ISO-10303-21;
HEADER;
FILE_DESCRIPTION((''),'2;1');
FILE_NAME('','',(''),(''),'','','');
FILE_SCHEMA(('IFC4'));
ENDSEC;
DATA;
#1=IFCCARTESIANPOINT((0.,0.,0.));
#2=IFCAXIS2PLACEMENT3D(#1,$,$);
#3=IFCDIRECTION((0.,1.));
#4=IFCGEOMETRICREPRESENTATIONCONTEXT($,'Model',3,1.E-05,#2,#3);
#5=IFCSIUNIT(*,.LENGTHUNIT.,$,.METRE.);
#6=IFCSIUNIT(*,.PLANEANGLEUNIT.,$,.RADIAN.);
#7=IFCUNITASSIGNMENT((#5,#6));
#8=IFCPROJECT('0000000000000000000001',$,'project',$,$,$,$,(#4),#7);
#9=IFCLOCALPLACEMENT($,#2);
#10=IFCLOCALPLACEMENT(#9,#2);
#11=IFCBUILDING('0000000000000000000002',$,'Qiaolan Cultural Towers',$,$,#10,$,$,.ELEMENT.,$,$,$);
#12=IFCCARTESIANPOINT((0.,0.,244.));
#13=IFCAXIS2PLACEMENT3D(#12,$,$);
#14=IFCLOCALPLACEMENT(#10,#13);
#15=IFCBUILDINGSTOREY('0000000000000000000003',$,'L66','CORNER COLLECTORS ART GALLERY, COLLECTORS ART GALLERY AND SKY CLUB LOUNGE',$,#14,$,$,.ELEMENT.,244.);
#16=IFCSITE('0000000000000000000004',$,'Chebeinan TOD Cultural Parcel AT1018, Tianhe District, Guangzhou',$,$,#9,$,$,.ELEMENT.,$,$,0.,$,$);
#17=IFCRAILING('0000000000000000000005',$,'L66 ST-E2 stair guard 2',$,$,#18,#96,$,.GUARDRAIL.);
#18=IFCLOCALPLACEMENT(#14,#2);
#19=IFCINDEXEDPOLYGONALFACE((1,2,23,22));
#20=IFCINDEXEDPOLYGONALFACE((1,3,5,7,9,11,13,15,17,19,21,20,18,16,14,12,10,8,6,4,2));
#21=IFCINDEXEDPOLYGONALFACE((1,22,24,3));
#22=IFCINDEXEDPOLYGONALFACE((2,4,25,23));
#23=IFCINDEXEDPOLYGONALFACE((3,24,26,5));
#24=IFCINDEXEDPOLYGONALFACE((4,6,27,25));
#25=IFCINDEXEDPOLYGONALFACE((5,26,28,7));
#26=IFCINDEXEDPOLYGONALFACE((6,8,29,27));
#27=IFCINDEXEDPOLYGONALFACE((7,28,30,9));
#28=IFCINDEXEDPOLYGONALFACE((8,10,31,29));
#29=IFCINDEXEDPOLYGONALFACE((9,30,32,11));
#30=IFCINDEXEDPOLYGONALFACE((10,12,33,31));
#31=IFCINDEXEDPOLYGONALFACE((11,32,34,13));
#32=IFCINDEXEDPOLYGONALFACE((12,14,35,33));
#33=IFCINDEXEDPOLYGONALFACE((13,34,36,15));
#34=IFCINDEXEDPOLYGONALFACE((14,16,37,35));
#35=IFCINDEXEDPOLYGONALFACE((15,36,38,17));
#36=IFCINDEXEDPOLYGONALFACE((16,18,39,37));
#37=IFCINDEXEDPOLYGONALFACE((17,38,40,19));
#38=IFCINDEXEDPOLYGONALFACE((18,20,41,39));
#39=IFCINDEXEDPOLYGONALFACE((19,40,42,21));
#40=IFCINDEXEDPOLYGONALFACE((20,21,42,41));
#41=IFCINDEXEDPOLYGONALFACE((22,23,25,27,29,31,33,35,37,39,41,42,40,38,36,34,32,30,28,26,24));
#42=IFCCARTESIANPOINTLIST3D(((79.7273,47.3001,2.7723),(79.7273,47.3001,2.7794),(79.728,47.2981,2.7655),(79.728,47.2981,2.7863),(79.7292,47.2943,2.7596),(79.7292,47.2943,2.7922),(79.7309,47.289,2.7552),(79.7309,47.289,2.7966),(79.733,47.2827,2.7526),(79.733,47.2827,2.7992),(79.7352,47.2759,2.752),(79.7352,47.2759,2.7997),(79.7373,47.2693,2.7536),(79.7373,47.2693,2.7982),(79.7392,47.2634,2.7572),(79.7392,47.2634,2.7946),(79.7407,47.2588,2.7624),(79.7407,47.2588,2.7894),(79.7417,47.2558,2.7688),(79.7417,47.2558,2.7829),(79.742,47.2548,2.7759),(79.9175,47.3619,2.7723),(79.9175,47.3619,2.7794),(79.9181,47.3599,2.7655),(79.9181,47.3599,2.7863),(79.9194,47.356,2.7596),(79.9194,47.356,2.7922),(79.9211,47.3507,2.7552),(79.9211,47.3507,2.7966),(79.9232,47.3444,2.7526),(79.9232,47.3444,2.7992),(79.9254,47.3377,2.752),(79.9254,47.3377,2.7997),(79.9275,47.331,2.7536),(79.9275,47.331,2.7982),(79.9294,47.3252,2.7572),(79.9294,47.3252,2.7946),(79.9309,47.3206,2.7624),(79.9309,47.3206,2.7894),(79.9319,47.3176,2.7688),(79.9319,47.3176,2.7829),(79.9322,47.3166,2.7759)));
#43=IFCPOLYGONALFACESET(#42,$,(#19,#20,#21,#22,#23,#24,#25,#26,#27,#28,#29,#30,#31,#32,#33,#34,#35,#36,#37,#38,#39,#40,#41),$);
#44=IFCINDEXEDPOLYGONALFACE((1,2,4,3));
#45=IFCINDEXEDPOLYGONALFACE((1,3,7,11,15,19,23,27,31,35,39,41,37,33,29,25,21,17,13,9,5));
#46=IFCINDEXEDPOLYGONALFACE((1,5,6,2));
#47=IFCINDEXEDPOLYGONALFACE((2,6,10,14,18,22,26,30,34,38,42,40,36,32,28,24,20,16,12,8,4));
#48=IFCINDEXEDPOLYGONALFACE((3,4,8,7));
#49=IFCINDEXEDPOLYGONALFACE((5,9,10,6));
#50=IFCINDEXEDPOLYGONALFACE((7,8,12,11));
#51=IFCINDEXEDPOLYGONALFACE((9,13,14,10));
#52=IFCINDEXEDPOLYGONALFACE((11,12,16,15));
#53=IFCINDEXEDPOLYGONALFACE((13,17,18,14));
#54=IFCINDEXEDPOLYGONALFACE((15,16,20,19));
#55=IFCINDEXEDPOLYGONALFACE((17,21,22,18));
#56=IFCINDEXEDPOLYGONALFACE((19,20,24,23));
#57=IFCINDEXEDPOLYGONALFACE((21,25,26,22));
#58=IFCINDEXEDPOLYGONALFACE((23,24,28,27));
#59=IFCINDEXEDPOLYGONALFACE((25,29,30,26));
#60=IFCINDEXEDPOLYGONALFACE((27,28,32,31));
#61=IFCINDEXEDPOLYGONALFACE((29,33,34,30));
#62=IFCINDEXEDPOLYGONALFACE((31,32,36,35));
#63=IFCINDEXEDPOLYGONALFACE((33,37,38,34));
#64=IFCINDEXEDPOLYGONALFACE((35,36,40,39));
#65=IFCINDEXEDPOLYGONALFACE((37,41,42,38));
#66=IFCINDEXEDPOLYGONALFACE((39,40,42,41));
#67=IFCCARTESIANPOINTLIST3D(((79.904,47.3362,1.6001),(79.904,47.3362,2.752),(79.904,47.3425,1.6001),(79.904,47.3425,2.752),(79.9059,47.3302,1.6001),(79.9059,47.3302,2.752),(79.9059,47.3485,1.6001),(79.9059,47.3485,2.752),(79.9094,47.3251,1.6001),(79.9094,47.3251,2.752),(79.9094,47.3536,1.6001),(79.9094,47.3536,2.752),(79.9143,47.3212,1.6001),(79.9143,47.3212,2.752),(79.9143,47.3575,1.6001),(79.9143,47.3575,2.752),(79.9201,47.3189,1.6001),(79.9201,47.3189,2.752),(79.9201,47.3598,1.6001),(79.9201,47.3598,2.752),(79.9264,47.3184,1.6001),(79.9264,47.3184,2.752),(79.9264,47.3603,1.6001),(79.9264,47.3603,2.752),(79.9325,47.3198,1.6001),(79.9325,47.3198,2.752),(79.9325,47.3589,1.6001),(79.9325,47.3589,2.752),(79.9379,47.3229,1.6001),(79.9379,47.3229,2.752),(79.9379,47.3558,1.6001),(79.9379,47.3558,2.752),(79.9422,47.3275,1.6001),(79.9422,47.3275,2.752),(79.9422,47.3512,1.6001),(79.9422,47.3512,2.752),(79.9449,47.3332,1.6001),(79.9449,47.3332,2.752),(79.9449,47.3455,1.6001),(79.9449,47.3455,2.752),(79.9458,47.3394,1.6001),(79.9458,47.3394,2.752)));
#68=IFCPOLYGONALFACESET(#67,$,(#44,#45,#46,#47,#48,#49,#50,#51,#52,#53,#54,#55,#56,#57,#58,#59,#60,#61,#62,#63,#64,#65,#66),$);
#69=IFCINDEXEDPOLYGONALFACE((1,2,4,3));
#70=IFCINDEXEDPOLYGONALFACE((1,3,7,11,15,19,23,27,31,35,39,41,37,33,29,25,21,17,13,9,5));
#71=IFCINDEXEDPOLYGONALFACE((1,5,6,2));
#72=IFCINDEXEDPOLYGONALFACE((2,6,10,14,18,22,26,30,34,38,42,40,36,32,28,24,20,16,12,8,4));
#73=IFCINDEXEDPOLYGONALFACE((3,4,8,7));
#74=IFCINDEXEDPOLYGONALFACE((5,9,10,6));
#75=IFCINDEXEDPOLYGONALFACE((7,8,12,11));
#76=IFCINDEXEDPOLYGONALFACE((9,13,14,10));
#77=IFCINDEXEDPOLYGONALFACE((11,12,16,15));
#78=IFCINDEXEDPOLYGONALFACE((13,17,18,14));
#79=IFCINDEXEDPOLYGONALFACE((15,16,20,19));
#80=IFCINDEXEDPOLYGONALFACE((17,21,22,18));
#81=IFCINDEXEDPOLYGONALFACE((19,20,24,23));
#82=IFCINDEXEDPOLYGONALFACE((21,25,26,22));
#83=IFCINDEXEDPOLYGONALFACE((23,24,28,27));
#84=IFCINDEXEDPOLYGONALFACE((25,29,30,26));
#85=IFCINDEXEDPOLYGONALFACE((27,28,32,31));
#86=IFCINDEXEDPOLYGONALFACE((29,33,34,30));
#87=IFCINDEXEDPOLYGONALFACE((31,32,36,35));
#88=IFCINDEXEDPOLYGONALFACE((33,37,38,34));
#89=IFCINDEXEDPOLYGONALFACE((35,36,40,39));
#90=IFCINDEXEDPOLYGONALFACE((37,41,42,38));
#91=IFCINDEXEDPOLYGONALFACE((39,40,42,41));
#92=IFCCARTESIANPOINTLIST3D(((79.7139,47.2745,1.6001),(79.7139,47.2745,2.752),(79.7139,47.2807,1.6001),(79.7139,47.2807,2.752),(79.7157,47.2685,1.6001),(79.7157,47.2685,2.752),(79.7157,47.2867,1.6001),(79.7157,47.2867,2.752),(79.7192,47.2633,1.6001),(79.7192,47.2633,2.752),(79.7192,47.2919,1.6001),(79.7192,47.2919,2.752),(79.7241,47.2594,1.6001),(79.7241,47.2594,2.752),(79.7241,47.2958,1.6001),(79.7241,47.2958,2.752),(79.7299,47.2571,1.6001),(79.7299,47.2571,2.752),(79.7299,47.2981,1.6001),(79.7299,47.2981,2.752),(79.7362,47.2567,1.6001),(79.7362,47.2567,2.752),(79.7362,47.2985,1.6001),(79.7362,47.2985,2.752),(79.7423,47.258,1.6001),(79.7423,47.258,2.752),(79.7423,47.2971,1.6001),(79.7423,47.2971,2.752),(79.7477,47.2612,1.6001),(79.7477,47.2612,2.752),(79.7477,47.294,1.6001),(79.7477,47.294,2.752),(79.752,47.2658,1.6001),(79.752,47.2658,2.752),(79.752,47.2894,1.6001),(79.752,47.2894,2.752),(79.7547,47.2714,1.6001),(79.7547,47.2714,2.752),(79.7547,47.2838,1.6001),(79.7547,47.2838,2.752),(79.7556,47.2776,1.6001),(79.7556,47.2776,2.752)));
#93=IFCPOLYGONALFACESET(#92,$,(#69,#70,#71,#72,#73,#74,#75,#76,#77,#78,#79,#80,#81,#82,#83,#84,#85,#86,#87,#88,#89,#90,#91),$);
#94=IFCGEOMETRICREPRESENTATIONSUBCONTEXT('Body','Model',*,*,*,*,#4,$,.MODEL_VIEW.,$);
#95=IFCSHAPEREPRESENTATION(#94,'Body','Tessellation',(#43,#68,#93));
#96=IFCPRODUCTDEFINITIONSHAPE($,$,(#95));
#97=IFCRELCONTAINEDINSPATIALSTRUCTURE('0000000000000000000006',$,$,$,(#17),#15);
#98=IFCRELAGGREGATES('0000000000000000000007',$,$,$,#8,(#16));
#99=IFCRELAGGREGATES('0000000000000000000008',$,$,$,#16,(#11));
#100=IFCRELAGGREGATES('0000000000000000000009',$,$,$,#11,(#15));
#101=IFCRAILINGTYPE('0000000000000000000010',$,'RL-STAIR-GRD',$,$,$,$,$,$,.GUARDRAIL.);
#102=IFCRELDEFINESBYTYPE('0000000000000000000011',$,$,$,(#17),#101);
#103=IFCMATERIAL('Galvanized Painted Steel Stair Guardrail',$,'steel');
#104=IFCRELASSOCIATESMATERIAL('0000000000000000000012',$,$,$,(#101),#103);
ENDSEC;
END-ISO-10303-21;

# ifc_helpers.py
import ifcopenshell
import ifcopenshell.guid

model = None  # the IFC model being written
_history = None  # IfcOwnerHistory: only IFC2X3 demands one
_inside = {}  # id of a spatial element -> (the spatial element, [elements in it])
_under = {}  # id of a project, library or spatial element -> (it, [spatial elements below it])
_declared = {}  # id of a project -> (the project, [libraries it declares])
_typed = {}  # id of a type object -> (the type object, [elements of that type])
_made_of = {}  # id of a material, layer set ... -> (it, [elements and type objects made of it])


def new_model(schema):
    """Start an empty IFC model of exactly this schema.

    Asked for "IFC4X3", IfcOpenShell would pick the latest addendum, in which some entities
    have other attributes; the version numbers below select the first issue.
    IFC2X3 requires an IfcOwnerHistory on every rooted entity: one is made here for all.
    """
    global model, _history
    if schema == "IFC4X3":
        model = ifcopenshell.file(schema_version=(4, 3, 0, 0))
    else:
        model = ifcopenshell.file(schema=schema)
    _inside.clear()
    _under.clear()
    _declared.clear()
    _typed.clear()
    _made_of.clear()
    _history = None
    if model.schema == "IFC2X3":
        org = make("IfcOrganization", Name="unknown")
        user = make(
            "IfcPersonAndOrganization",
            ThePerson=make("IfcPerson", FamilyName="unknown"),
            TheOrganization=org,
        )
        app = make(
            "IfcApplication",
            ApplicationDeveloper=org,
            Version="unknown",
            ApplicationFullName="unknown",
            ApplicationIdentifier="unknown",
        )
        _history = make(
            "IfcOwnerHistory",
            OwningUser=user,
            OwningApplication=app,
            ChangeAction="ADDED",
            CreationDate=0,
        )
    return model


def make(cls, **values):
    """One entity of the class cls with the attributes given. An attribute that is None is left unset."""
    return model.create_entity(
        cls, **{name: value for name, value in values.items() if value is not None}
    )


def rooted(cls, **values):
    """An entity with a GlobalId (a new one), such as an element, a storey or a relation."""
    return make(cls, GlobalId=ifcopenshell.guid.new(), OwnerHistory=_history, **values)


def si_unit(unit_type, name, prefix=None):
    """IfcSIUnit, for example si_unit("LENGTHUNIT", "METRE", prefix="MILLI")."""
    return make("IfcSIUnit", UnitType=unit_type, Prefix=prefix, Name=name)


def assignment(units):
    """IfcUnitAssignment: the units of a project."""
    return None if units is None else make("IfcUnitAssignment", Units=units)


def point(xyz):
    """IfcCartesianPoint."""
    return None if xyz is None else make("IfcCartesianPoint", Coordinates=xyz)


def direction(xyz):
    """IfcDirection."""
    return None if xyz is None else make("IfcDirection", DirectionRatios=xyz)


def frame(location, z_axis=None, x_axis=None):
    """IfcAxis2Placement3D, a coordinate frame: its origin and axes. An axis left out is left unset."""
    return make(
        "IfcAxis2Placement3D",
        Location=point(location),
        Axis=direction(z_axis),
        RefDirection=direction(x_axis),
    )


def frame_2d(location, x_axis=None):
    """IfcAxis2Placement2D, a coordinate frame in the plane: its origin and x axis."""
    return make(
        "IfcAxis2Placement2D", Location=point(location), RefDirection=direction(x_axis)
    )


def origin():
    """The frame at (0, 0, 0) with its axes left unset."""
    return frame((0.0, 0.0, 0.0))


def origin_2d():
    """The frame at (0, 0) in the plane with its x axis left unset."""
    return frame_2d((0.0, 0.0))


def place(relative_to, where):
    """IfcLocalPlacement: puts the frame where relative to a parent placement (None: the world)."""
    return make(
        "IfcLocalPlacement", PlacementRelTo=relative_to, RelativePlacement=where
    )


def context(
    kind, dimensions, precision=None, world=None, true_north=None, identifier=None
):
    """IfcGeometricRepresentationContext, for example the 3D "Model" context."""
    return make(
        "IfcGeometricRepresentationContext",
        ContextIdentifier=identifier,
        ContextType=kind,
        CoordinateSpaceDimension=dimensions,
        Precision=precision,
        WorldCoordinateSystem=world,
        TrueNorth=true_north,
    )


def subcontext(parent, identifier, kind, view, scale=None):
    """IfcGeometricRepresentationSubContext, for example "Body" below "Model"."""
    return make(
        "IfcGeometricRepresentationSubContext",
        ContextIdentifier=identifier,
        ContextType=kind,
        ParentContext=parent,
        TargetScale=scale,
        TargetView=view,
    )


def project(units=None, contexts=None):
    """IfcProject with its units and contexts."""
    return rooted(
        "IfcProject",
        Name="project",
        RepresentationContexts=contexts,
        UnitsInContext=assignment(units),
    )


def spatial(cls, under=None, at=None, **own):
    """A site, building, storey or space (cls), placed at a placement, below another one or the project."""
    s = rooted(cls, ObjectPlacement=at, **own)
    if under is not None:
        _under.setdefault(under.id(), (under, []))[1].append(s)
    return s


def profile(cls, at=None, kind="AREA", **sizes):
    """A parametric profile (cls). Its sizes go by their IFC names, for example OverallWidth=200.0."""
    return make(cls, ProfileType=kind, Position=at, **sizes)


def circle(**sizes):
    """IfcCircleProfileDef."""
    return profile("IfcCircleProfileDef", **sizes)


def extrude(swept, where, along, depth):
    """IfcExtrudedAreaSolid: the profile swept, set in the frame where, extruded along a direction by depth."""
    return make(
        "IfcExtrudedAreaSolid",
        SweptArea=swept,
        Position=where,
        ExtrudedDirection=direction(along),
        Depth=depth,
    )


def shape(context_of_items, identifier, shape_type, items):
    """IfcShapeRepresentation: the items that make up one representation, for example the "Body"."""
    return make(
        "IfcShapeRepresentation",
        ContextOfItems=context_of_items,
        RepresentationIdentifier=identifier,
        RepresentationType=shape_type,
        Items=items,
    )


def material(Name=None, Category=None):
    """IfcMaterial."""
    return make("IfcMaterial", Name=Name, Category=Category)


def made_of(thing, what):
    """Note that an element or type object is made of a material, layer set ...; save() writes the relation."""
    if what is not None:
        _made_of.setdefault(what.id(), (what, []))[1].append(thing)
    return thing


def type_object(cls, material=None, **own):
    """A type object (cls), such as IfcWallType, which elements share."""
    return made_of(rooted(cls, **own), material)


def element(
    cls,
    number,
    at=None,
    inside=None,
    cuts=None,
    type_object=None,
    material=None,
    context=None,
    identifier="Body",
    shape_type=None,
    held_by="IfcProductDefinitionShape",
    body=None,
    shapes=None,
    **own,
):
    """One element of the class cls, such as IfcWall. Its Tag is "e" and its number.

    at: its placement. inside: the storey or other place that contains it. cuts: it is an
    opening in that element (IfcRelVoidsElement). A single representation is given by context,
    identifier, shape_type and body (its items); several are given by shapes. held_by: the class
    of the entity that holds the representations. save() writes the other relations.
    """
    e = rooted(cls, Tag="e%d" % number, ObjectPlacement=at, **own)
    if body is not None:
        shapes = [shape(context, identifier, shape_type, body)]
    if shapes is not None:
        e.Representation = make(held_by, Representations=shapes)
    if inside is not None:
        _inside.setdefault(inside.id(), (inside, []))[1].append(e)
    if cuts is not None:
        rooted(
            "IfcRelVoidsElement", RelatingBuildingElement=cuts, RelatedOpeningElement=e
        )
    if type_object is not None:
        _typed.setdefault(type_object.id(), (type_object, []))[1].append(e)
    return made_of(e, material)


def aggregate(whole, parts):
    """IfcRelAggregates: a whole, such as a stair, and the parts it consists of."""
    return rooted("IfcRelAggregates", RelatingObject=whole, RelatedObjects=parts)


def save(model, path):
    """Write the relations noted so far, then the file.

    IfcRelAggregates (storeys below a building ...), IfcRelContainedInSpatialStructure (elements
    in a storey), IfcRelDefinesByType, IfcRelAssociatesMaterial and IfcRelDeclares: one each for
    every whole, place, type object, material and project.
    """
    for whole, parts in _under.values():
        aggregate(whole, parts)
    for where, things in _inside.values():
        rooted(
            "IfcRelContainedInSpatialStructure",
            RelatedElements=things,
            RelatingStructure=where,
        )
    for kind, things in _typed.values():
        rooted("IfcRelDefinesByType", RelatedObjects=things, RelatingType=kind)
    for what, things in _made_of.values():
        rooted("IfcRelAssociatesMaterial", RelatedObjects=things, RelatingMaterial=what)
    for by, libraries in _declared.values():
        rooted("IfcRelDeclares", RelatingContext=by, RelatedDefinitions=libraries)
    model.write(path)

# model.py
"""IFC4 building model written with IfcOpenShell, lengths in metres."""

from ifc_helpers import new_model, si_unit, direction, frame, origin, origin_2d, place, context, subcontext, project, spatial, circle, extrude, material, type_object, element, save


model = new_model("IFC4")

# Units and contexts
model_context = context("Model", 3, precision=1e-05, world=origin(), true_north=direction((0.0, 1.0)))
body_context = subcontext(model_context, "Body", "Model", "MODEL_VIEW")
ifc_project = project(units=[si_unit("LENGTHUNIT", "METRE"), si_unit("PLANEANGLEUNIT", "RADIAN")], contexts=[model_context])

# Site, building, storey
site_placement = place(None, origin())
site = spatial("IfcSite", under=ifc_project, at=site_placement, Name="Chebeinan TOD Cultural Parcel AT1018, Tianhe District, Guangzhou", CompositionType="ELEMENT", RefElevation=0.0)
building_placement = place(site_placement, origin())
building = spatial("IfcBuilding", under=site, at=building_placement, Name="Qiaolan Cultural Towers", CompositionType="ELEMENT")
storey_placement = place(building_placement, frame((0.0, 0.0, 244.0)))
storey = spatial("IfcBuildingStorey", under=building, at=storey_placement, Name="L66", Description="CORNER COLLECTORS ART GALLERY, COLLECTORS ART GALLERY AND SKY CLUB LOUNGE", CompositionType="ELEMENT", Elevation=244.0)

# Railing
ifc_material_1 = material(Name="Galvanized Painted Steel Stair Guardrail", Category="steel")
railing_type_1 = type_object("IfcRailingType", Name="RL-STAIR-GRD", PredefinedType="GUARDRAIL", material=ifc_material_1)
railing_1_placement = place(storey_placement, frame((79.9248, 47.3394, 1.6001)))
element("IfcRailing", 1, at=railing_1_placement, inside=storey, type_object=railing_type_1, Name="L66 ST-E2 stair guard 2", PredefinedType="GUARDRAIL", context=body_context, shape_type="SweptSolid", body=[
    extrude(circle(Radius=0.0239, at=origin_2d()), frame((0.0, 0.0, 1.1758), z_axis=(-0.951097, -0.308893, 0.0), x_axis=(0.308893, -0.951097, 0.0)), (0.0, 0.0, 1.0), 0.2),
    extrude(circle(Radius=0.021, at=origin_2d()), origin(), (0.0, 0.0, 1.0), 1.1519),
    extrude(circle(Radius=0.021, at=origin_2d()), frame((-0.1902, -0.0618, 0.0)), (0.0, 0.0, 1.0), 1.1519),
])

save(model, "model.ifc")
